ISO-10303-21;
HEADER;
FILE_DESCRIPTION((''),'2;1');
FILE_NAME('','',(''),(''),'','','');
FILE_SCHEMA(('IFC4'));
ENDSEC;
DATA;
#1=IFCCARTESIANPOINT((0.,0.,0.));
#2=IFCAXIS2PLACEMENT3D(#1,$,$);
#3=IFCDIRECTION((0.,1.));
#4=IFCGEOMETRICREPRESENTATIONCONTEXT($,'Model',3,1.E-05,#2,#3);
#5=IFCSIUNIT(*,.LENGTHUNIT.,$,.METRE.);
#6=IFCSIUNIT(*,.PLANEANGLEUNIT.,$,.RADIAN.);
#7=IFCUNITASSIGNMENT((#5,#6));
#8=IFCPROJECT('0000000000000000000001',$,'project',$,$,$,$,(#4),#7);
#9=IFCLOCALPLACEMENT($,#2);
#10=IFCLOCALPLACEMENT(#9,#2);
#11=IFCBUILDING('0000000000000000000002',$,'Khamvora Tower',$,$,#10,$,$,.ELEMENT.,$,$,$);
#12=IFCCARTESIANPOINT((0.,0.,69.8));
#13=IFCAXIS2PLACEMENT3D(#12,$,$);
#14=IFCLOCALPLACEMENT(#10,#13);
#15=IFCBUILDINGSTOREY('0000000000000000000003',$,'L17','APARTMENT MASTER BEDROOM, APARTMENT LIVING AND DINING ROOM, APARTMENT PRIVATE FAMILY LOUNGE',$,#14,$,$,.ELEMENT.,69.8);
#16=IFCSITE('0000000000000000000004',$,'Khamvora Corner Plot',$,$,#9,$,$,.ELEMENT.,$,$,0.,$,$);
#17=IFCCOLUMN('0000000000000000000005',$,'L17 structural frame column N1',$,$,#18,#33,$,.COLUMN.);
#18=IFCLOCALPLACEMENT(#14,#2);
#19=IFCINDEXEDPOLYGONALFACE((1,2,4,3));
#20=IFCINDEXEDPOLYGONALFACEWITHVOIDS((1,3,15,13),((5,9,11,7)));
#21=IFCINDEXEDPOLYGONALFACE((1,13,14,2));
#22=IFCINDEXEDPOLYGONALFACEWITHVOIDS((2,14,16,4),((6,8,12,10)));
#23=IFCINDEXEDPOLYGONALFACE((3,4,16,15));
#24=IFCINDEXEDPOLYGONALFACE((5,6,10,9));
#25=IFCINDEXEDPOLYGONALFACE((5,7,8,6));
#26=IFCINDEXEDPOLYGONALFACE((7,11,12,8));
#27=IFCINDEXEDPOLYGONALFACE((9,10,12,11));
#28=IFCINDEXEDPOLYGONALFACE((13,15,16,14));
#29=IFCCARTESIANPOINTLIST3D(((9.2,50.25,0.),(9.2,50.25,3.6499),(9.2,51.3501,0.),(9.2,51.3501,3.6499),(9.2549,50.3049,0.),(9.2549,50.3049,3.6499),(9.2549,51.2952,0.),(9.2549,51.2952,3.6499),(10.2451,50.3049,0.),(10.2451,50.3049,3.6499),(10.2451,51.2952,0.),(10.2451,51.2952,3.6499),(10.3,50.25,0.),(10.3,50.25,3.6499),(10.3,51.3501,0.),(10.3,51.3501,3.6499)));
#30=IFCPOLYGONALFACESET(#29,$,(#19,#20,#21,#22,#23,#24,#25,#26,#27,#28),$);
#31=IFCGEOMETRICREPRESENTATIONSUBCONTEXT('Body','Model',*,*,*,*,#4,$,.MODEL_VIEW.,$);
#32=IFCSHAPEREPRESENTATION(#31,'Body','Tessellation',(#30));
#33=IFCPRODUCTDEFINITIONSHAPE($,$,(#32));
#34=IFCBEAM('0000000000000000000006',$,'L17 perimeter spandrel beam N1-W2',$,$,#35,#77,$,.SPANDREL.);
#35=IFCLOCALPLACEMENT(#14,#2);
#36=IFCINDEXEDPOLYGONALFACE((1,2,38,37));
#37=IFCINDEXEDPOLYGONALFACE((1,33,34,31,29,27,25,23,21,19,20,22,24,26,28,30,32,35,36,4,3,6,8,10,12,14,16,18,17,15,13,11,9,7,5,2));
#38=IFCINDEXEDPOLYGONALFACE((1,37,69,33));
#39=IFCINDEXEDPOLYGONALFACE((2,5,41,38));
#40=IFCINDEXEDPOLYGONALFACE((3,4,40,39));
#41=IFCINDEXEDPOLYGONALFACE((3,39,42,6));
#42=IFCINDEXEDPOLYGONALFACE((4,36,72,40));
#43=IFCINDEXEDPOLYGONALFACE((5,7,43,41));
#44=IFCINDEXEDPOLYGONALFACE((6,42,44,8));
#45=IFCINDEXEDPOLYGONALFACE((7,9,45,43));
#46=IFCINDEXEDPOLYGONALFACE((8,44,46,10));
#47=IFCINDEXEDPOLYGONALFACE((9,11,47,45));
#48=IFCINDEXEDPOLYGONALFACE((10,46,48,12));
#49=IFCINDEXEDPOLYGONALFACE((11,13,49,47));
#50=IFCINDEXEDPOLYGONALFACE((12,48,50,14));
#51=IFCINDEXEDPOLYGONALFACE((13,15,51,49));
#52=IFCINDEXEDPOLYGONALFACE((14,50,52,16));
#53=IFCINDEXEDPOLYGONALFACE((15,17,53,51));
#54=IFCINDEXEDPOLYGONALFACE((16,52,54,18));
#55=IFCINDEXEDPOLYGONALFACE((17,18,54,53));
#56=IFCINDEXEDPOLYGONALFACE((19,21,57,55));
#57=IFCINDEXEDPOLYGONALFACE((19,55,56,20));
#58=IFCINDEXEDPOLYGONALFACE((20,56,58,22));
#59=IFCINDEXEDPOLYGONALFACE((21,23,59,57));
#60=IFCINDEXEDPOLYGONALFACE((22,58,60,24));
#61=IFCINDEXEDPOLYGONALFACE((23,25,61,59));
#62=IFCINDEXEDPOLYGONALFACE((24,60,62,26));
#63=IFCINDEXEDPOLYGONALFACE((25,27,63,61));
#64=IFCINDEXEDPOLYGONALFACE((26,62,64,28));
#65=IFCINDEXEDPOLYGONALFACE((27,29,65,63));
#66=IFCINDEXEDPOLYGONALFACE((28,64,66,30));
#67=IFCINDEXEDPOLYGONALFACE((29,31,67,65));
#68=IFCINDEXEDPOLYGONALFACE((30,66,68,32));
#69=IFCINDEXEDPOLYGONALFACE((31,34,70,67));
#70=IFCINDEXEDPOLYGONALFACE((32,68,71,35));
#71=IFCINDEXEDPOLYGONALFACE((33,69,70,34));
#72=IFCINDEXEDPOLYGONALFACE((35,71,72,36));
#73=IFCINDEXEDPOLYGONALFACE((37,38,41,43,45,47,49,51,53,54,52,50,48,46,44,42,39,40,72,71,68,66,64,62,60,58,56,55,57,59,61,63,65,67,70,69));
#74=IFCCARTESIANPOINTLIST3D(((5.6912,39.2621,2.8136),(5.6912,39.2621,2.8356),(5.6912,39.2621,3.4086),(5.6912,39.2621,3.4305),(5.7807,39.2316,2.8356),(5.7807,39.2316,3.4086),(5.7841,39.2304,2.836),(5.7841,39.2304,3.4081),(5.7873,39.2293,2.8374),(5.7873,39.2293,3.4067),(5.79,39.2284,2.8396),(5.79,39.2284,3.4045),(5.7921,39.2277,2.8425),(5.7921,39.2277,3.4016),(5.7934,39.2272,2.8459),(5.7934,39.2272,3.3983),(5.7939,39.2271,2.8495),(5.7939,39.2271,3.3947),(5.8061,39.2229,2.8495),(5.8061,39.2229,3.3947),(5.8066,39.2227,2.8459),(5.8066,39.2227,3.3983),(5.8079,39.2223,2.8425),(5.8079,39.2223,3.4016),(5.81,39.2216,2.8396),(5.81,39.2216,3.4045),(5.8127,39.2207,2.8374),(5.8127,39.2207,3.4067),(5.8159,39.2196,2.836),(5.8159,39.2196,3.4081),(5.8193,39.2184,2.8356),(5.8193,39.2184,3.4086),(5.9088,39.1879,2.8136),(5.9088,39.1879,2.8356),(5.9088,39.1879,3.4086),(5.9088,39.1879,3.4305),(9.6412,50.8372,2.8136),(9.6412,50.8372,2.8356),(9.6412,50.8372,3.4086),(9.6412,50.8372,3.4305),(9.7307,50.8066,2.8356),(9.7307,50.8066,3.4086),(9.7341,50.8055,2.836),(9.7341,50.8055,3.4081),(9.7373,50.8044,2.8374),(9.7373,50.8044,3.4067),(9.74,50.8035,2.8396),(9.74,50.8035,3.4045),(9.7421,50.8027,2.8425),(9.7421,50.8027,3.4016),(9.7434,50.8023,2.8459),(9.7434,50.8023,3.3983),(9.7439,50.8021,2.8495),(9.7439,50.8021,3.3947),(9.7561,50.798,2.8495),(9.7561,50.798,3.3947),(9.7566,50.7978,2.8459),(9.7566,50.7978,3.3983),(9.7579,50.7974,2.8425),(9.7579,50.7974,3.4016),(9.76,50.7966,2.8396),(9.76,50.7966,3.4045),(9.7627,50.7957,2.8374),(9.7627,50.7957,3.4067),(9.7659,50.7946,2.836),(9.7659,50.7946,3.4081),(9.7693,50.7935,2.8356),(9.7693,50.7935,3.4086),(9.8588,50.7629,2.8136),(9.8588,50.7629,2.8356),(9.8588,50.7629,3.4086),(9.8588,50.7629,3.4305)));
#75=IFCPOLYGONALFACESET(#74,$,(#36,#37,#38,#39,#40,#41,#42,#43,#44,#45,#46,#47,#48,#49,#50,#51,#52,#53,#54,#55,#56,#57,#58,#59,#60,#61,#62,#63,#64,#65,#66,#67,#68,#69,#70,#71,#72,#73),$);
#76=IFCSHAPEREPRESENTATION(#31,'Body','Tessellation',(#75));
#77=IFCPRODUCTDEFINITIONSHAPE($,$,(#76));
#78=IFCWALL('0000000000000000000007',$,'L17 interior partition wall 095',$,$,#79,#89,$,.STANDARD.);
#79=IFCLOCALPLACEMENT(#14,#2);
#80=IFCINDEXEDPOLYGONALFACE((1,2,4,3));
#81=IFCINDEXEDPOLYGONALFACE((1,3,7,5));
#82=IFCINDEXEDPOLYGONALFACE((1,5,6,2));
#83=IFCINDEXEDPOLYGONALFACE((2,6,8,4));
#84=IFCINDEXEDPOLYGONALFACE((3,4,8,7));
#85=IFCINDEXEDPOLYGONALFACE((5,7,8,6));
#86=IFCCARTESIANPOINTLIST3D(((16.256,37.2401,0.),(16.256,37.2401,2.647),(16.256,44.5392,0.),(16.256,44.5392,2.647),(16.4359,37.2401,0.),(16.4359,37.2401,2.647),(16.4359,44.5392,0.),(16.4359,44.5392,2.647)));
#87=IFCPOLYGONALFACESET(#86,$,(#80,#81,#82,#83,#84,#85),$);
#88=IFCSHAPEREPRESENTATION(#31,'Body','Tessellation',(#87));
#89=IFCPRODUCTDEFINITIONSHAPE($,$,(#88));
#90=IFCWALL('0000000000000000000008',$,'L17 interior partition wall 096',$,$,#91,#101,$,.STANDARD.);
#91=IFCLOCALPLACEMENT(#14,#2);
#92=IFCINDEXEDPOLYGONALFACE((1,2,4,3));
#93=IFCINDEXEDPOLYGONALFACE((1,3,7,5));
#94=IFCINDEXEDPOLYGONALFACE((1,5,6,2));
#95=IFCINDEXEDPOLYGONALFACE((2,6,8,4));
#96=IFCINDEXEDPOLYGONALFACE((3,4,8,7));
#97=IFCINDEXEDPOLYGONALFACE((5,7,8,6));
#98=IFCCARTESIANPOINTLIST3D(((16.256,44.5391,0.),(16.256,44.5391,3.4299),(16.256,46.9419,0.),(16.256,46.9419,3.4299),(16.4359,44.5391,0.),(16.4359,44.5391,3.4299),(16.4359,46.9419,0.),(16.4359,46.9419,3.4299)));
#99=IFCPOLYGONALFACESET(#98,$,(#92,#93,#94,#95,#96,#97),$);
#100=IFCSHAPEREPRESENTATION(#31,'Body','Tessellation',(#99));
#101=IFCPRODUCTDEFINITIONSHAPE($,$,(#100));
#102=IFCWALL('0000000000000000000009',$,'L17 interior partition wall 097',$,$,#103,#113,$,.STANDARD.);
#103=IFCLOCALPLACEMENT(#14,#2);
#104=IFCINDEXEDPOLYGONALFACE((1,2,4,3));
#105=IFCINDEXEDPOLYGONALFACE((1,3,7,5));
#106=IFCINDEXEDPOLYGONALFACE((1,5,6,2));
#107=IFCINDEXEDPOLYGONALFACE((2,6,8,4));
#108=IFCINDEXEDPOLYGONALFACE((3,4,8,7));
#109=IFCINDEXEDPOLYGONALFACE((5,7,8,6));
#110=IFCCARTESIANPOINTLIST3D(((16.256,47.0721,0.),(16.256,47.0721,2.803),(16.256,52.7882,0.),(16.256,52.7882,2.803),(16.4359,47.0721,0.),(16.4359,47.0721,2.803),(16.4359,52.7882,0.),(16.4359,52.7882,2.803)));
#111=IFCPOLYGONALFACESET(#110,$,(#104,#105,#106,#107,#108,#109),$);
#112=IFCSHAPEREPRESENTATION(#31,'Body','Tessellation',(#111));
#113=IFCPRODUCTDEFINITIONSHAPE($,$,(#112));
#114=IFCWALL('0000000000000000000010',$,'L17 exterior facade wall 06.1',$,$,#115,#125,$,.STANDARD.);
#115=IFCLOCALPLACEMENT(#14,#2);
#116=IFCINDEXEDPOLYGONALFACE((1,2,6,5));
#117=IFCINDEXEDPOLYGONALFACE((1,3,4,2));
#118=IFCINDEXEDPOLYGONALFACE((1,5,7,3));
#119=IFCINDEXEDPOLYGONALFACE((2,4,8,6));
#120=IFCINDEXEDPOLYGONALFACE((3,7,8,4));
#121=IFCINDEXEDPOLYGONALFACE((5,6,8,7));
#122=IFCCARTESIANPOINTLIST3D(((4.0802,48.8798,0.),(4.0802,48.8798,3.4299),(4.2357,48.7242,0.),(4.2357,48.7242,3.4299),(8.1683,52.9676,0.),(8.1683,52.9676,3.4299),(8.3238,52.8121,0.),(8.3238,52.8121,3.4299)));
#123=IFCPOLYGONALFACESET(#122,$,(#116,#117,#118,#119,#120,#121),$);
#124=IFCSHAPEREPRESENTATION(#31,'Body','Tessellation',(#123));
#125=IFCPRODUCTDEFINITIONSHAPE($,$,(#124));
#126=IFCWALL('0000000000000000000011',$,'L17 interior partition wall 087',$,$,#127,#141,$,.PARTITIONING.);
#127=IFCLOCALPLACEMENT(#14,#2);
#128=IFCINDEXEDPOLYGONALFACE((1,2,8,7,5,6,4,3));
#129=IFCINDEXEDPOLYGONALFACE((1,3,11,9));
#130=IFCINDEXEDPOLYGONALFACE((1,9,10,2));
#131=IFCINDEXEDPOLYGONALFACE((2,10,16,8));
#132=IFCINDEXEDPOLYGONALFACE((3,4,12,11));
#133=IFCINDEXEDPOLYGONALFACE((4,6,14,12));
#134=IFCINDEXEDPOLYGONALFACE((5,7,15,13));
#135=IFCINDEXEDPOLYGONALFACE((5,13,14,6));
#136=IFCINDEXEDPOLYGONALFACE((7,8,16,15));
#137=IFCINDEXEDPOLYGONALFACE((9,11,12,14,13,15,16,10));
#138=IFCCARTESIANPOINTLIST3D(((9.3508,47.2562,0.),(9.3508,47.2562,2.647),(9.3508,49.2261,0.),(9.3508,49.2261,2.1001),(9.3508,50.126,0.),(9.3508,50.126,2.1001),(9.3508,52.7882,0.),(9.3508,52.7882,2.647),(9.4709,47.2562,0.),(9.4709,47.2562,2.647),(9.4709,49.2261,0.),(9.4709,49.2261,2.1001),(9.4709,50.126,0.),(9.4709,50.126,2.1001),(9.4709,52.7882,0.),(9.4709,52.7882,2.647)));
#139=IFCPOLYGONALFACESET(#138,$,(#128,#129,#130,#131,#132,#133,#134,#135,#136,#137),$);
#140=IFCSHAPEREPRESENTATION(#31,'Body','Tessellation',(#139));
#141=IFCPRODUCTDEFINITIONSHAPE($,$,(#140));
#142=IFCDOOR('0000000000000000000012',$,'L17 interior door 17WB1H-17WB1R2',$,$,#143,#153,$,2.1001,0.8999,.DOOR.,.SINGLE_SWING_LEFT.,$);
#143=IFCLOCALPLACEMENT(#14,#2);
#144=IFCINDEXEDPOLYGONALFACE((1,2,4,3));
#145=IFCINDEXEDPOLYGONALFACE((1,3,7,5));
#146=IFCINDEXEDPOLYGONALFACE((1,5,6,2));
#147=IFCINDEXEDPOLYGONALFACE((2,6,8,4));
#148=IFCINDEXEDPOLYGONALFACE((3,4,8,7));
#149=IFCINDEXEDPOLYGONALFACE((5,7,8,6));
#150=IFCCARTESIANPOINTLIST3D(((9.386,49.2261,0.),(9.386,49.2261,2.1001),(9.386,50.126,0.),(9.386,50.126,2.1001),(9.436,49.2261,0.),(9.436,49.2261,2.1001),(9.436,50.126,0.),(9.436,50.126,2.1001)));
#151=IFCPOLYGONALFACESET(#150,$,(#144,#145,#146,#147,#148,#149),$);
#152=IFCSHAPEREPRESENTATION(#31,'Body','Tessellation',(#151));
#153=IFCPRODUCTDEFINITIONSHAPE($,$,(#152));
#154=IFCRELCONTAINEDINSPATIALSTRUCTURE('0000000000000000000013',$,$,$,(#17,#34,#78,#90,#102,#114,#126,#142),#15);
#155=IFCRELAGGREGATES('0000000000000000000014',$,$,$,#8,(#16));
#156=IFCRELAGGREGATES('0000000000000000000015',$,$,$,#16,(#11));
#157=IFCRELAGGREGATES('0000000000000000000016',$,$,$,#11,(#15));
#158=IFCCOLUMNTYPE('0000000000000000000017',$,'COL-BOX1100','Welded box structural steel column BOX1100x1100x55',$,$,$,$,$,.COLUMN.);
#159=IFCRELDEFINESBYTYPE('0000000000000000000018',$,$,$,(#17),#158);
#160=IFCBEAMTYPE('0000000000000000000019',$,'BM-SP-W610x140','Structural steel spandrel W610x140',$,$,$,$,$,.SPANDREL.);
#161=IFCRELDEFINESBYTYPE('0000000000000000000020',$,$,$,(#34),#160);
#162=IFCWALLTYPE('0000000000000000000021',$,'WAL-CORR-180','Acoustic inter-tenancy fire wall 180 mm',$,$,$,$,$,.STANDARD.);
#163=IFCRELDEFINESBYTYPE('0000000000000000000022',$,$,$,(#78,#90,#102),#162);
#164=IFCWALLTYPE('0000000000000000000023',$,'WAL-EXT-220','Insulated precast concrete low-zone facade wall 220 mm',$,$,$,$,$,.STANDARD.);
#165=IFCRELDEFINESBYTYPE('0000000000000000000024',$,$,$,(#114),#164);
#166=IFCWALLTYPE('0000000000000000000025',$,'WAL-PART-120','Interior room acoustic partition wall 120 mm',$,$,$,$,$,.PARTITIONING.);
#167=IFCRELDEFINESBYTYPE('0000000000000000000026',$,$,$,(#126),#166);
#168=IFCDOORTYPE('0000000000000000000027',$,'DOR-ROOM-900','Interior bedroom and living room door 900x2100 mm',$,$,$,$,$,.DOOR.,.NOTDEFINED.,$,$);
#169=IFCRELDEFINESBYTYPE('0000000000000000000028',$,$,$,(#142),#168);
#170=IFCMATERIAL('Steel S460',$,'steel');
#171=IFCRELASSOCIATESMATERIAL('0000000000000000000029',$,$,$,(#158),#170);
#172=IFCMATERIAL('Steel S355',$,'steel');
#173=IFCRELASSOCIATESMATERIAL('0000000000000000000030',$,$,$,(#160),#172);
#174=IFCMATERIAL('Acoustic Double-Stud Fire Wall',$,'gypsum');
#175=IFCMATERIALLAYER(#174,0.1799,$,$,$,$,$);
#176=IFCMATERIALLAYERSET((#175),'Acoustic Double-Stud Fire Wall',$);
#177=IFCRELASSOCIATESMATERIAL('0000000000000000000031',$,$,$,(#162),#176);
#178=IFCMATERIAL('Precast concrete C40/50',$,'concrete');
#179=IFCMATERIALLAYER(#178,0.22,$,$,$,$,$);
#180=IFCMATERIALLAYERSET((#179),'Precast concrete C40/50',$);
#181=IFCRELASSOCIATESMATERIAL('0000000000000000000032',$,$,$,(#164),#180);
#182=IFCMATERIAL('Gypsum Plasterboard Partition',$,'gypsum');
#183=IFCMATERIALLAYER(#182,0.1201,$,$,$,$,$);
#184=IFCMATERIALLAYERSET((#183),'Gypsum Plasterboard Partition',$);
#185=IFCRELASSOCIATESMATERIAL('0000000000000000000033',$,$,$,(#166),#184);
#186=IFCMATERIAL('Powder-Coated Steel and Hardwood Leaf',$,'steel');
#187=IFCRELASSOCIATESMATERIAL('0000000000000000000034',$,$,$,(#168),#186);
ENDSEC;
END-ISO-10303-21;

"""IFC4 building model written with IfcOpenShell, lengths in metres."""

from ifc_helpers import new_model, si_unit, direction, frame, frame_2d, origin, origin_2d, place, context, subcontext, project, spatial, rectangle, hollow_rectangle, i_section, extrude, material, layer, layer_set, material_profile, profile_set, type_object, element, fill, save


model = new_model("IFC4")

# Units and contexts
model_context = context("Model", 3, precision=1e-05, world=origin(), true_north=direction((0.0, 1.0)))
body_context = subcontext(model_context, "Body", "Model", "MODEL_VIEW")
ifc_project = project(units=[si_unit("LENGTHUNIT", "METRE"), si_unit("PLANEANGLEUNIT", "RADIAN")], contexts=[model_context])

# Site, building, storey
site_placement = place(None, origin())
site = spatial("IfcSite", under=ifc_project, at=site_placement, Name="Khamvora Corner Plot", CompositionType="ELEMENT", RefElevation=0.0)
building_placement = place(site_placement, origin())
building = spatial("IfcBuilding", under=site, at=building_placement, Name="Khamvora Tower", CompositionType="ELEMENT")
storey_placement = place(building_placement, frame((0.0, 0.0, 69.8)))
storey = spatial("IfcBuildingStorey", under=building, at=storey_placement, Name="L17", Description="APARTMENT MASTER BEDROOM, APARTMENT LIVING AND DINING ROOM, APARTMENT PRIVATE FAMILY LOUNGE", CompositionType="ELEMENT", Elevation=69.8)

# Column
ifc_material_1 = material(Name="Steel S460", Category="steel")
ifc_material_profile_1 = material_profile(ifc_material_1, hollow_rectangle(XDim=1.1001, YDim=1.1001, WallThickness=0.0549, at=origin_2d()), Name="BOX1100x1100x55")
ifc_profile_set_1 = profile_set([ifc_material_profile_1], Name="Steel S460")
column_type = type_object("IfcColumnType", Name="COL-BOX1100", Description="Welded box structural steel column BOX1100x1100x55", PredefinedType="COLUMN", material=ifc_profile_set_1)
column_placement = place(storey_placement, frame((9.75, 50.8, 0.0), z_axis=(0.0, 0.0, 1.0), x_axis=(1.0, 0.0, 0.0)))
element("IfcColumn", 1, at=column_placement, inside=storey, type_object=column_type, Name="L17 structural frame column N1", PredefinedType="COLUMN", context=body_context, shape_type="SweptSolid", body=[
    extrude(hollow_rectangle(XDim=1.1001, YDim=1.1001, WallThickness=0.0549, at=origin_2d()), origin(), (0.0, 0.0, 1.0), 3.6499),
])

# Beam
ifc_material_2 = material(Name="Steel S355", Category="steel")
ifc_material_profile_2 = material_profile(ifc_material_2, i_section(OverallWidth=0.23, OverallDepth=0.6169, WebThickness=0.0129, FlangeThickness=0.022, FilletRadius=0.0139, at=origin_2d()), Name="W610x140")
ifc_profile_set_2 = profile_set([ifc_material_profile_2], Name="Steel S355")
beam_type = type_object("IfcBeamType", Name="BM-SP-W610x140", Description="Structural steel spandrel W610x140", PredefinedType="SPANDREL", material=ifc_profile_set_2)
beam_placement = place(storey_placement, frame((9.75, 50.8, 3.1221), z_axis=(-0.322963, -0.946412, 0.0), x_axis=(0.946412, -0.322963, 0.0)))
element("IfcBeam", 2, at=beam_placement, inside=storey, type_object=beam_type, Name="L17 perimeter spandrel beam N1-W2", PredefinedType="SPANDREL", context=body_context, shape_type="SweptSolid", body=[
    extrude(i_section(OverallWidth=0.23, OverallDepth=0.6169, WebThickness=0.0129, FlangeThickness=0.022, FilletRadius=0.0139, at=origin_2d()), origin(), (0.0, 0.0, 1.0), 12.2305),
])

# Walls
ifc_material_3 = material(Name="Acoustic Double-Stud Fire Wall", Category="gypsum")
ifc_layer_1 = layer(ifc_material_3, 0.1799)
ifc_layer_set_1 = layer_set([ifc_layer_1], Name="Acoustic Double-Stud Fire Wall")
wall_type_1 = type_object("IfcWallType", Name="WAL-CORR-180", Description="Acoustic inter-tenancy fire wall 180 mm", PredefinedType="STANDARD", material=ifc_layer_set_1)
wall_1_placement = place(storey_placement, frame((16.3459, 44.5391, 0.0), z_axis=(0.0, 0.0, 1.0), x_axis=(0.0, -1.0, 0.0)))
element("IfcWall", 3, at=wall_1_placement, inside=storey, type_object=wall_type_1, Name="L17 interior partition wall 095", PredefinedType="STANDARD", context=body_context, shape_type="SweptSolid", body=[
    extrude(rectangle(XDim=7.2991, YDim=0.1799, at=frame_2d((3.6494, 0.0))), origin(), (0.0, 0.0, 1.0), 2.647),
])
wall_2_placement = place(storey_placement, frame((16.3459, 46.9419, 0.0), z_axis=(0.0, 0.0, 1.0), x_axis=(0.0, -1.0, 0.0)))
element("IfcWall", 4, at=wall_2_placement, inside=storey, type_object=wall_type_1, Name="L17 interior partition wall 096", PredefinedType="STANDARD", context=body_context, shape_type="SweptSolid", body=[
    extrude(rectangle(XDim=2.4028, YDim=0.1799, at=frame_2d((1.2014, 0.0))), origin(), (0.0, 0.0, 1.0), 3.4299),
])
wall_3_placement = place(storey_placement, frame((16.3459, 52.7881, 0.0), z_axis=(0.0, 0.0, 1.0), x_axis=(0.0, -1.0, 0.0)))
element("IfcWall", 5, at=wall_3_placement, inside=storey, type_object=wall_type_1, Name="L17 interior partition wall 097", PredefinedType="STANDARD", context=body_context, shape_type="SweptSolid", body=[
    extrude(rectangle(XDim=5.7161, YDim=0.1799, at=frame_2d((2.8579, 0.0))), origin(), (0.0, 0.0, 1.0), 2.803),
])
ifc_material_4 = material(Name="Precast concrete C40/50", Category="concrete")
ifc_layer_2 = layer(ifc_material_4, 0.22)
ifc_layer_set_2 = layer_set([ifc_layer_2], Name="Precast concrete C40/50")
wall_type_2 = type_object("IfcWallType", Name="WAL-EXT-220", Description="Insulated precast concrete low-zone facade wall 220 mm", PredefinedType="STANDARD", material=ifc_layer_set_2)
wall_4_placement = place(storey_placement, frame((4.158, 48.802, 0.0), z_axis=(0.0, 0.0, 1.0), x_axis=(0.707128, 0.707086, 0.0)))
element("IfcWall", 6, at=wall_4_placement, inside=storey, type_object=wall_type_2, Name="L17 exterior facade wall 06.1", PredefinedType="STANDARD", context=body_context, shape_type="SweptSolid", body=[
    extrude(rectangle(XDim=5.7812, YDim=0.22, at=frame_2d((2.8906, 0.0))), origin(), (0.0, 0.0, 1.0), 3.4299),
])

# Wall, opening, door
ifc_material_5 = material(Name="Gypsum Plasterboard Partition", Category="gypsum")
ifc_layer_3 = layer(ifc_material_5, 0.1201)
ifc_layer_set_3 = layer_set([ifc_layer_3], Name="Gypsum Plasterboard Partition")
wall_type_3 = type_object("IfcWallType", Name="WAL-PART-120", Description="Interior room acoustic partition wall 120 mm", PredefinedType="PARTITIONING", material=ifc_layer_set_3)
wall_5_placement = place(storey_placement, frame((9.4109, 47.2561, 0.0), z_axis=(0.0, 0.0, 1.0), x_axis=(0.0, 1.0, 0.0)))
wall_5 = element("IfcWall", 7, at=wall_5_placement, inside=storey, type_object=wall_type_3, Name="L17 interior partition wall 087", PredefinedType="PARTITIONING", context=body_context, shape_type="SweptSolid", body=[
    extrude(rectangle(XDim=5.532, YDim=0.1201, at=frame_2d((2.7661, 0.0))), origin(), (0.0, 0.0, 1.0), 2.647),
])
opening_1_placement = place(wall_5_placement, frame((1.97, 0.0, 0.0)))
opening_1 = element("IfcOpeningElement", 8, at=opening_1_placement, cuts=wall_5, PredefinedType="OPENING", context=body_context, shape_type="SweptSolid", body=[
    extrude(rectangle(XDim=0.8999, YDim=2.1001, at=frame_2d((0.45, 1.05))), frame((0.0, 0.0701, 0.0), z_axis=(0.0, -1.0, 0.0), x_axis=(1.0, 0.0, 0.0)), (0.0, 0.0, 1.0), 0.1401),
])
ifc_material_6 = material(Name="Powder-Coated Steel and Hardwood Leaf", Category="steel")
door_type = type_object("IfcDoorType", Name="DOR-ROOM-900", Description="Interior bedroom and living room door 900x2100 mm", OperationType="NOTDEFINED", PredefinedType="DOOR", material=ifc_material_6)
door_1_placement = place(opening_1_placement, origin())
door_1 = element("IfcDoor", 9, at=door_1_placement, inside=storey, type_object=door_type, Name="L17 interior door 17WB1H-17WB1R2", OperationType="SINGLE_SWING_LEFT", OverallHeight=2.1001, OverallWidth=0.8999, PredefinedType="DOOR", context=body_context, shape_type="SweptSolid", body=[
    extrude(rectangle(XDim=0.8999, YDim=2.1001, at=frame_2d((0.45, 1.05))), frame((0.0, 0.0249, 0.0), z_axis=(0.0, -1.0, 0.0), x_axis=(1.0, 0.0, 0.0)), (0.0, 0.0, 1.0), 0.05),
])
fill(opening_1, door_1)

save(model, "model.ifc")
